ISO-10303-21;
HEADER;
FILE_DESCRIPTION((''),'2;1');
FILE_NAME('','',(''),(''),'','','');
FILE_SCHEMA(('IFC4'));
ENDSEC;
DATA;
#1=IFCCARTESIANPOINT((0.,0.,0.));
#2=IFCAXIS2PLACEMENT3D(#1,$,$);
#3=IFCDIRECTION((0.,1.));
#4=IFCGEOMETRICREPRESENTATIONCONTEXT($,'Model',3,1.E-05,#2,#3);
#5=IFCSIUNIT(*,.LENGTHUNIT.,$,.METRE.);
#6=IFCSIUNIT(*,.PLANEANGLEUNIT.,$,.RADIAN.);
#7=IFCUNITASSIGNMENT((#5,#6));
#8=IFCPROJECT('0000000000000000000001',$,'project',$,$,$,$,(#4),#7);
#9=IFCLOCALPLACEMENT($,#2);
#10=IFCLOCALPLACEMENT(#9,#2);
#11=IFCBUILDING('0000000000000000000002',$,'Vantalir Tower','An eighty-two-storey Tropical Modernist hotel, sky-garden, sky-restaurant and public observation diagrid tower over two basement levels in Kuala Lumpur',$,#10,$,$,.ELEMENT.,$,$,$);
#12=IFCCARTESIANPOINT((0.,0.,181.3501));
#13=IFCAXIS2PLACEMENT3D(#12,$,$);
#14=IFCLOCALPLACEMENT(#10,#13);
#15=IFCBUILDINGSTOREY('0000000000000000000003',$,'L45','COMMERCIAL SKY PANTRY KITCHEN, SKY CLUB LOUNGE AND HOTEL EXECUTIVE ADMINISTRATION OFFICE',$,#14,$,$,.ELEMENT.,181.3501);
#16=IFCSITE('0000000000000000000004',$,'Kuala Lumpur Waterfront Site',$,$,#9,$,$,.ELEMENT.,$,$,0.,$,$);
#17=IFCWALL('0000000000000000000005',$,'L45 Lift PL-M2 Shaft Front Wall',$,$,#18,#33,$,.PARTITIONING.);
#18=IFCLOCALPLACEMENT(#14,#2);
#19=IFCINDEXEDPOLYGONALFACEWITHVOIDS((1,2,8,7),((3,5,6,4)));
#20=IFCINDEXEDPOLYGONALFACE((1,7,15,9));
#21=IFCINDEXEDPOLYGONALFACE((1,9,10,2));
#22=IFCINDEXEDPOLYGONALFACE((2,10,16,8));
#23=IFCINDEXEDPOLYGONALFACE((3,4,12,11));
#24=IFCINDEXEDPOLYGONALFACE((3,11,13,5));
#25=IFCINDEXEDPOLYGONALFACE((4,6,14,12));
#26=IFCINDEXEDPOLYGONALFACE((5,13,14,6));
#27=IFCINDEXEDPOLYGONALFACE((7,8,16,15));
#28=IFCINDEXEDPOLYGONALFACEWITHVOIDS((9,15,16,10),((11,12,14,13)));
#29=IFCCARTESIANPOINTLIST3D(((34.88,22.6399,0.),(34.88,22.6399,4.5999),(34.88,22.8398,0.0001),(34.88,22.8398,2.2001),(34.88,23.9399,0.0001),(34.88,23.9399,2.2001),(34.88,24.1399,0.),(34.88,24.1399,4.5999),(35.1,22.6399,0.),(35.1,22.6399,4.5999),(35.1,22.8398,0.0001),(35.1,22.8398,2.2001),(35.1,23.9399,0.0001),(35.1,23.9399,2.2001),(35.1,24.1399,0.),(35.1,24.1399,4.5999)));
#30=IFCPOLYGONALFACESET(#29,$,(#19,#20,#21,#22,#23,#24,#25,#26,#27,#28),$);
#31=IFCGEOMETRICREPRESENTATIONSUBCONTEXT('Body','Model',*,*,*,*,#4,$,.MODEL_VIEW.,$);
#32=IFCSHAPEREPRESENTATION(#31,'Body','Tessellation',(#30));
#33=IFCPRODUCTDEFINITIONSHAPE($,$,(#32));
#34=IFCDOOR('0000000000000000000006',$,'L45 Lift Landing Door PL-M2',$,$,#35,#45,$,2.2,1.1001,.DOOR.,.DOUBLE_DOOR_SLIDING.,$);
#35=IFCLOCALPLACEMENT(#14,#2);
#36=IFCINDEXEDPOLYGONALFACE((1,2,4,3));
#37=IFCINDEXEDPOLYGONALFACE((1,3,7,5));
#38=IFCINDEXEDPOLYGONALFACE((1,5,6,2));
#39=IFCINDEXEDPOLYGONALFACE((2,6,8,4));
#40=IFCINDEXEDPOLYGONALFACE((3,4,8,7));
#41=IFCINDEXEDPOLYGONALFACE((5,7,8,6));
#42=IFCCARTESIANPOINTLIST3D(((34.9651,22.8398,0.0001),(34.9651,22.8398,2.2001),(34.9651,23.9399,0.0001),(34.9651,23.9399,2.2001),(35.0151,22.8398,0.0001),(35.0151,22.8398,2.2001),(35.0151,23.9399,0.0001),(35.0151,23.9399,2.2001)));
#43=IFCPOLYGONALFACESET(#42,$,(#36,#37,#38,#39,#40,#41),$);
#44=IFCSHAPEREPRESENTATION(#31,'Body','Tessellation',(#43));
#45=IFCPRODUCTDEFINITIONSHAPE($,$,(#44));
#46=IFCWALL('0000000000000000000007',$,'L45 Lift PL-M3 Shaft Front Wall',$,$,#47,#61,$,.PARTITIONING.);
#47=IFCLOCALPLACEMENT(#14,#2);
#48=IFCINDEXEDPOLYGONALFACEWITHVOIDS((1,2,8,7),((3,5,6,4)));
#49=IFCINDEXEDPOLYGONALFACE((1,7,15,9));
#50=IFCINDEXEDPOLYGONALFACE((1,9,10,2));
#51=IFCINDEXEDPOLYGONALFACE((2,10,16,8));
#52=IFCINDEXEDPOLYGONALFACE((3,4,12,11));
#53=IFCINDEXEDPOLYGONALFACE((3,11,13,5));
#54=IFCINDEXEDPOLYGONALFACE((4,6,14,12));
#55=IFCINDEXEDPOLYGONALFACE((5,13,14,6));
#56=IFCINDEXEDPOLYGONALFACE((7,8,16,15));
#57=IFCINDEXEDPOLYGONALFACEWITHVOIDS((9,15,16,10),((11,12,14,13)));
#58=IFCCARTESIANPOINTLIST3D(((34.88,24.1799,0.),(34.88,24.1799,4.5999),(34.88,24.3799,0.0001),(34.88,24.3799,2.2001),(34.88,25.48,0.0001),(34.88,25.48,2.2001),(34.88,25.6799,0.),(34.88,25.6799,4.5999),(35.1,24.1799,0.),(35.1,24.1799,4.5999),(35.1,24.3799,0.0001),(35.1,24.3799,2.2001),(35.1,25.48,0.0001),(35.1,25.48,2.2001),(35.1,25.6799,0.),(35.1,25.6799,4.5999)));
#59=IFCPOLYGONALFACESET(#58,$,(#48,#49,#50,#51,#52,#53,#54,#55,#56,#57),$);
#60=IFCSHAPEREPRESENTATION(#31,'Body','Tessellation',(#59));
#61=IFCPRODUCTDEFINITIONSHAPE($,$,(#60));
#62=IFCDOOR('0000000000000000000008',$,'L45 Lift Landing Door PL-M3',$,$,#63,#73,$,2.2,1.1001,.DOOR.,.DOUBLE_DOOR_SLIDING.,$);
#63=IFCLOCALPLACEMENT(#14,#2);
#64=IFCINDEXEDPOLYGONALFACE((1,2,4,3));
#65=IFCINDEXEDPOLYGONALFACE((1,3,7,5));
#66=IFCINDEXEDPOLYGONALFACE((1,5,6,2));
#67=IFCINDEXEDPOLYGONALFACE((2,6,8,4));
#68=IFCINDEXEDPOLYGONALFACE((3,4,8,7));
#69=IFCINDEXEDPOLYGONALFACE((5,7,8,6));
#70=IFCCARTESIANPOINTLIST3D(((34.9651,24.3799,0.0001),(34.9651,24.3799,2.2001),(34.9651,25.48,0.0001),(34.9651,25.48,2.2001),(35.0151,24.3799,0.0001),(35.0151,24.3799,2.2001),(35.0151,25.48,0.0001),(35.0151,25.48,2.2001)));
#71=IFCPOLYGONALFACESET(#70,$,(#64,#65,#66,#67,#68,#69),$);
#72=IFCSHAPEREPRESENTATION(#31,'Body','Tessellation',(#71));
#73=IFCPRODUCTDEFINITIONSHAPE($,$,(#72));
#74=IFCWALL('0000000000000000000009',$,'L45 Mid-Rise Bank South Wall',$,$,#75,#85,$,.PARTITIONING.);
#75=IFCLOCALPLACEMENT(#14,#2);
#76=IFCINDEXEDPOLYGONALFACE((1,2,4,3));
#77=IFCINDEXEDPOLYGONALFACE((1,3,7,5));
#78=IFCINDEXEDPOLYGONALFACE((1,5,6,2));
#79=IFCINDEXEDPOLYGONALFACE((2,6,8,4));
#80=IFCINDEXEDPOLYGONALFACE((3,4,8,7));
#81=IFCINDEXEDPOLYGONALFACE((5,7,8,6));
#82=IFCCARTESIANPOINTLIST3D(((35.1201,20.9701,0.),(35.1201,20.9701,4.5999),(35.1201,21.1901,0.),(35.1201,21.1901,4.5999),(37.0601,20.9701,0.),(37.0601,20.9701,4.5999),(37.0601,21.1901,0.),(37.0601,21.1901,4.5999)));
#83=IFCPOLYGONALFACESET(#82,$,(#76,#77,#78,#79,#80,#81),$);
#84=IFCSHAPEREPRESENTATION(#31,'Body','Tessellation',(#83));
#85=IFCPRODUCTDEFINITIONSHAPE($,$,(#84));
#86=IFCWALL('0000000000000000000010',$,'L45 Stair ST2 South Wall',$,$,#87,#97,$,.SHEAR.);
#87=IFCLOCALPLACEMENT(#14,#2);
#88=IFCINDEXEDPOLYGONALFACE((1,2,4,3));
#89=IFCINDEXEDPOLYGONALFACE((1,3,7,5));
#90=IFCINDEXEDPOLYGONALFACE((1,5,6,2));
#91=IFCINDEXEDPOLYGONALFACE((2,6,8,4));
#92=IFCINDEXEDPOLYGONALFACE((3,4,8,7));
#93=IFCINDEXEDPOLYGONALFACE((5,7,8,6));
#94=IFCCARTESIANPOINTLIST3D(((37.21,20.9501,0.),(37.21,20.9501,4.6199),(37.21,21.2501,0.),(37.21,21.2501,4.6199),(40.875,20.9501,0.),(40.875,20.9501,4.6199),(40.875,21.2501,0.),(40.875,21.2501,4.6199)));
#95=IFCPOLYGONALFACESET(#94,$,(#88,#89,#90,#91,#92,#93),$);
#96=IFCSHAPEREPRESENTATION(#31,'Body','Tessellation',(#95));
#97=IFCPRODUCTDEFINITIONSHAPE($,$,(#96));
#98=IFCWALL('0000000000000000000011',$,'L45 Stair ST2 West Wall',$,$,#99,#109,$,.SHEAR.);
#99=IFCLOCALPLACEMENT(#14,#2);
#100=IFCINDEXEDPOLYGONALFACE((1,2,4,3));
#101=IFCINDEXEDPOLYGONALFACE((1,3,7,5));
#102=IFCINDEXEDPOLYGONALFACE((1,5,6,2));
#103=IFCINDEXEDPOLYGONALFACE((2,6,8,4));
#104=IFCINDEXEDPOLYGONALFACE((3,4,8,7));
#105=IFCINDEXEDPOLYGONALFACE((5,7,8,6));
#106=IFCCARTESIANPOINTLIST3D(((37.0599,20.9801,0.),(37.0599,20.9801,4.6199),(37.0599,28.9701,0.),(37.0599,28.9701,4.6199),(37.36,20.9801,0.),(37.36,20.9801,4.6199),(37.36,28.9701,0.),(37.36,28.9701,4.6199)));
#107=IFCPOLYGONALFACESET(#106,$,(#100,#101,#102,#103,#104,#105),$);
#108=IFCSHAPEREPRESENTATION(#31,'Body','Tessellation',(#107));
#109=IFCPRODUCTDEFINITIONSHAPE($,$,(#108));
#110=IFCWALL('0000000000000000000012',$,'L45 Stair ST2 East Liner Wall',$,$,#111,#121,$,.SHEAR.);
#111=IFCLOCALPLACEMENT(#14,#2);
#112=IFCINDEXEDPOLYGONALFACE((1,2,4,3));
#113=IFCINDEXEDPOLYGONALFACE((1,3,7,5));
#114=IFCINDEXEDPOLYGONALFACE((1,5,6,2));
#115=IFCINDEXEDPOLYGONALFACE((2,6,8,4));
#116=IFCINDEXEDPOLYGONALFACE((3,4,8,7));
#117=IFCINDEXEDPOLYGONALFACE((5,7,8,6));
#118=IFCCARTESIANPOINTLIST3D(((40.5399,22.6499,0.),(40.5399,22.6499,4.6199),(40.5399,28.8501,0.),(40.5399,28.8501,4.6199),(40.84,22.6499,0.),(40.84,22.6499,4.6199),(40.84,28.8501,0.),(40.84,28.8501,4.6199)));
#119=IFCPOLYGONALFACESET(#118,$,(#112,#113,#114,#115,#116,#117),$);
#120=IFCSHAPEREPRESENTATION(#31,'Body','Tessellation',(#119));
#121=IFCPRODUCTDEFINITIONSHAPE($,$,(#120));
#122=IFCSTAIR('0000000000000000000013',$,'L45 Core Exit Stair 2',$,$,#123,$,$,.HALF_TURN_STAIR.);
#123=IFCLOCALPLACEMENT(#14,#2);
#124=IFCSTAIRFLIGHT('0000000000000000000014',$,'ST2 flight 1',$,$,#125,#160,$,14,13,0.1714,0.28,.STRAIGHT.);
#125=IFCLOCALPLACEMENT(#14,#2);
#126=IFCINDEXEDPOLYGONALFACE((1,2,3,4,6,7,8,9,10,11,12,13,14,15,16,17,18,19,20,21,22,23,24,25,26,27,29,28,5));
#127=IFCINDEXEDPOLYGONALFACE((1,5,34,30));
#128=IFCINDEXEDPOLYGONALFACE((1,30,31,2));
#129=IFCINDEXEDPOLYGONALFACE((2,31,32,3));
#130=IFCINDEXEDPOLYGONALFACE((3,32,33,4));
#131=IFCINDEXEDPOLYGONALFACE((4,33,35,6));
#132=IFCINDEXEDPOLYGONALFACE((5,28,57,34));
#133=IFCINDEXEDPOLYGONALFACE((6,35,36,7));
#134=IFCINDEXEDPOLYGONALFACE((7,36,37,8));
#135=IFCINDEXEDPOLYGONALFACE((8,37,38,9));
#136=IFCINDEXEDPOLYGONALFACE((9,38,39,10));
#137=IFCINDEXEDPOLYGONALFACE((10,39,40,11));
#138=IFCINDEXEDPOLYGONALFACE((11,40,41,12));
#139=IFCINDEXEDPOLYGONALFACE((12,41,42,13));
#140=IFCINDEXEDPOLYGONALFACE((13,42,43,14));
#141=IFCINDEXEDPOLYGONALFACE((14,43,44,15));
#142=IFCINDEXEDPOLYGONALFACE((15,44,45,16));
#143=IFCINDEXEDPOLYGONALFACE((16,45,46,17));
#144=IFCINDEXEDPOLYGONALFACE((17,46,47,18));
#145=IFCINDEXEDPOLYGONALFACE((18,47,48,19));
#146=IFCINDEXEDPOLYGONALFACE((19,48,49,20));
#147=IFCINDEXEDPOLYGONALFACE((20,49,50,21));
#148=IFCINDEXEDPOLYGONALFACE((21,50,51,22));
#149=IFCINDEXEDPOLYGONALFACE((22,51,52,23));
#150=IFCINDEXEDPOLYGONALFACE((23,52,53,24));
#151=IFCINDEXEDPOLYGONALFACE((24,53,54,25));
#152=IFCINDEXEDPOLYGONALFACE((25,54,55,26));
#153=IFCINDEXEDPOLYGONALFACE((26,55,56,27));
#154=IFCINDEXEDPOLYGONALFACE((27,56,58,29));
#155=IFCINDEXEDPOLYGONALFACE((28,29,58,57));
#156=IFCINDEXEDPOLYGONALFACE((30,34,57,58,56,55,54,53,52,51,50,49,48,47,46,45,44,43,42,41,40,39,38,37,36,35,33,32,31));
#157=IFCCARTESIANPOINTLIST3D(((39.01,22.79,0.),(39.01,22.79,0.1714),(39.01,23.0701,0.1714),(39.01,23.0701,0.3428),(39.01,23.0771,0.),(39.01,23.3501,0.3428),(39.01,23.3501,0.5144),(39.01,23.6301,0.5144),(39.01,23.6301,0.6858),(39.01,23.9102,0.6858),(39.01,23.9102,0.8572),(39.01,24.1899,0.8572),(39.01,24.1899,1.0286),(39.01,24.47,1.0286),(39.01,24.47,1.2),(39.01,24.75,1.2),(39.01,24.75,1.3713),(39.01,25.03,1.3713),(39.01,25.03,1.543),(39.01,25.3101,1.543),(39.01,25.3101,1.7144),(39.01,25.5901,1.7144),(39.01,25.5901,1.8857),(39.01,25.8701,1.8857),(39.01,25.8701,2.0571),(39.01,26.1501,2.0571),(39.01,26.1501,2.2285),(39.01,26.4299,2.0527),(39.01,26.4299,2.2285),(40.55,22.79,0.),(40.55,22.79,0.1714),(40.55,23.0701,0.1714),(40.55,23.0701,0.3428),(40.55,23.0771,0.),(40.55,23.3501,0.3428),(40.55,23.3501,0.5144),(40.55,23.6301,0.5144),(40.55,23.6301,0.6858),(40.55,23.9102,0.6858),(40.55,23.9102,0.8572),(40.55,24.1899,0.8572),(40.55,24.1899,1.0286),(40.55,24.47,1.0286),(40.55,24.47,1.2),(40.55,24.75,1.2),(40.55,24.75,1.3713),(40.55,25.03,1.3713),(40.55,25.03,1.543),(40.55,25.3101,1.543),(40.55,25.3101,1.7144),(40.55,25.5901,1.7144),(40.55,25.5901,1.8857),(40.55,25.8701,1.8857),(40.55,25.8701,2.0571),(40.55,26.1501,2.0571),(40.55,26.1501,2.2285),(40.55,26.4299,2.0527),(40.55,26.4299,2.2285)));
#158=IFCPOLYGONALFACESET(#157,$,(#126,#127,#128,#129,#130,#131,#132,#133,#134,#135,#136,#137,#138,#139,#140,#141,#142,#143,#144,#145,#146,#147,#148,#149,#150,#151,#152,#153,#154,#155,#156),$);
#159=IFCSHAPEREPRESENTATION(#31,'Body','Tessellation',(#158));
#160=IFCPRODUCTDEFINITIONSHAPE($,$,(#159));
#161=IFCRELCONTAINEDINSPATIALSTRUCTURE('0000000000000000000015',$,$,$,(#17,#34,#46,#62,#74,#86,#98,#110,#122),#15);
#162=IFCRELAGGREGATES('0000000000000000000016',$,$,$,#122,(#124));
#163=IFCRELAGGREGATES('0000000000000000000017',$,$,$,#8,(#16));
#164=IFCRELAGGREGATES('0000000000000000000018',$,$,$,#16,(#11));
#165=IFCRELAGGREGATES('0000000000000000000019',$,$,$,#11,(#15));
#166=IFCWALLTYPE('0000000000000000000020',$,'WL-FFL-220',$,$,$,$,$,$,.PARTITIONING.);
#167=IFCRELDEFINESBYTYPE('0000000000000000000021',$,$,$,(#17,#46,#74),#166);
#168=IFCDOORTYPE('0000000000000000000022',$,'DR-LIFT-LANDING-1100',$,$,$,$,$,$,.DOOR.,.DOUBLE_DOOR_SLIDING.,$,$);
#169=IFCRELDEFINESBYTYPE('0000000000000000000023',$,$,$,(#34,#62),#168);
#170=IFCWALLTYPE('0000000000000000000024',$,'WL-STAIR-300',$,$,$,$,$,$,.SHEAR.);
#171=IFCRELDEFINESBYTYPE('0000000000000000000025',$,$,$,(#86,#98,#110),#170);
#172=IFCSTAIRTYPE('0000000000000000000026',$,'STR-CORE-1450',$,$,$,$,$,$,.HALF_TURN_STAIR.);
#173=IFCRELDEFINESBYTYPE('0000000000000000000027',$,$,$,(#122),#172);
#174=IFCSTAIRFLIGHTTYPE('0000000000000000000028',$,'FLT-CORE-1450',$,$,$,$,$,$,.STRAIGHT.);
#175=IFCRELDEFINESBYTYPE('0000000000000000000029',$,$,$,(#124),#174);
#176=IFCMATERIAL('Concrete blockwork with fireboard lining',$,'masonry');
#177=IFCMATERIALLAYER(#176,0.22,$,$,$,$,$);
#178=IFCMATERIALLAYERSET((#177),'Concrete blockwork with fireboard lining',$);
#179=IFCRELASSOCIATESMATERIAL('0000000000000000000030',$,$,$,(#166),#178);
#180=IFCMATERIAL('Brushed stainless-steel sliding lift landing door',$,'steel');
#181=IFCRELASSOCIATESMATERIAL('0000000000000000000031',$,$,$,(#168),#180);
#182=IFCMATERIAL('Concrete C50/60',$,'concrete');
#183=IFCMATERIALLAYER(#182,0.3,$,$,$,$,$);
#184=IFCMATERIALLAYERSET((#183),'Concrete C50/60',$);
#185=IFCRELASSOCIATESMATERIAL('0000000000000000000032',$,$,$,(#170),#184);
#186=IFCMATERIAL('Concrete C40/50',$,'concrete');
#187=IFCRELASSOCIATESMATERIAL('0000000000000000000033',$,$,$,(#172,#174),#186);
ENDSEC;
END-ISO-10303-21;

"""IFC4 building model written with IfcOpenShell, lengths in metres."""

from ifc_helpers import new_model, si_unit, direction, frame, frame_2d, origin, place, context, subcontext, project, spatial, polyline, rectangle, outline, extrude, material, layer, layer_set, type_object, element, fill, aggregate, save


model = new_model("IFC4")

# Units and contexts
model_context = context("Model", 3, precision=1e-05, world=origin(), true_north=direction((0.0, 1.0)))
body_context = subcontext(model_context, "Body", "Model", "MODEL_VIEW")
ifc_project = project(units=[si_unit("LENGTHUNIT", "METRE"), si_unit("PLANEANGLEUNIT", "RADIAN")], contexts=[model_context])

# Site, building, storey
site_placement = place(None, origin())
site = spatial("IfcSite", under=ifc_project, at=site_placement, Name="Kuala Lumpur Waterfront Site", CompositionType="ELEMENT", RefElevation=0.0)
building_placement = place(site_placement, origin())
building = spatial("IfcBuilding", under=site, at=building_placement, Name="Vantalir Tower", Description="An eighty-two-storey Tropical Modernist hotel, sky-garden, sky-restaurant and public observation diagrid tower over two basement levels in Kuala Lumpur", CompositionType="ELEMENT")
storey_placement = place(building_placement, frame((0.0, 0.0, 181.3501)))
storey = spatial("IfcBuildingStorey", under=building, at=storey_placement, Name="L45", Description="COMMERCIAL SKY PANTRY KITCHEN, SKY CLUB LOUNGE AND HOTEL EXECUTIVE ADMINISTRATION OFFICE", CompositionType="ELEMENT", Elevation=181.3501)

# Shared definitions
ifc_material_1 = material(Name="Concrete C50/60", Category="concrete")

# Shared definitions
ifc_material_2 = material(Name="Concrete blockwork with fireboard lining", Category="masonry")
ifc_layer_1 = layer(ifc_material_2, 0.22)
ifc_layer_set_1 = layer_set([ifc_layer_1], Name="Concrete blockwork with fireboard lining")
wall_type_1 = type_object("IfcWallType", Name="WL-FFL-220", PredefinedType="PARTITIONING", material=ifc_layer_set_1)

# Walls, openings, doors
ifc_material_3 = material(Name="Brushed stainless-steel sliding lift landing door", Category="steel")
door_type = type_object("IfcDoorType", Name="DR-LIFT-LANDING-1100", OperationType="DOUBLE_DOOR_SLIDING", PredefinedType="DOOR", material=ifc_material_3)
wall_1_placement = place(storey_placement, frame((34.99, 22.6399, 0.0), z_axis=(0.0, 0.0, 1.0), x_axis=(0.0, 1.0, 0.0)))
wall_1 = element("IfcWall", 1, at=wall_1_placement, inside=storey, type_object=wall_type_1, Name="L45 Lift PL-M2 Shaft Front Wall", PredefinedType="PARTITIONING", context=body_context, shape_type="SweptSolid", body=[
    extrude(rectangle(XDim=1.5, YDim=0.22, at=frame_2d((0.75, 0.0))), origin(), (0.0, 0.0, 1.0), 4.5999),
])
opening_1_placement = place(wall_1_placement, frame((0.2, 0.0, 0.0)))
opening_1 = element("IfcOpeningElement", 2, at=opening_1_placement, cuts=wall_1, PredefinedType="OPENING", context=body_context, shape_type="SweptSolid", body=[
    extrude(rectangle(XDim=1.1001, YDim=2.2, at=frame_2d((0.55, 1.1001))), frame((0.0, 0.1199, 0.0), z_axis=(0.0, -1.0, 0.0), x_axis=(1.0, 0.0, 0.0)), (0.0, 0.0, 1.0), 0.24),
])
door_1_placement = place(opening_1_placement, origin())
door_1 = element("IfcDoor", 3, at=door_1_placement, inside=storey, type_object=door_type, Name="L45 Lift Landing Door PL-M2", OperationType="DOUBLE_DOOR_SLIDING", OverallHeight=2.2, OverallWidth=1.1001, PredefinedType="DOOR", context=body_context, shape_type="SweptSolid", body=[
    extrude(rectangle(XDim=1.1001, YDim=2.2, at=frame_2d((0.55, 1.1001))), frame((0.0, 0.0249, 0.0), z_axis=(0.0, -1.0, 0.0), x_axis=(1.0, 0.0, 0.0)), (0.0, 0.0, 1.0), 0.05),
])
fill(opening_1, door_1)
wall_2_placement = place(storey_placement, frame((34.99, 24.1799, 0.0), z_axis=(0.0, 0.0, 1.0), x_axis=(0.0, 1.0, 0.0)))
wall_2 = element("IfcWall", 4, at=wall_2_placement, inside=storey, type_object=wall_type_1, Name="L45 Lift PL-M3 Shaft Front Wall", PredefinedType="PARTITIONING", context=body_context, shape_type="SweptSolid", body=[
    extrude(rectangle(XDim=1.5, YDim=0.22, at=frame_2d((0.75, 0.0))), origin(), (0.0, 0.0, 1.0), 4.5999),
])
opening_2_placement = place(wall_2_placement, frame((0.2, 0.0, 0.0)))
opening_2 = element("IfcOpeningElement", 5, at=opening_2_placement, cuts=wall_2, PredefinedType="OPENING", context=body_context, shape_type="SweptSolid", body=[
    extrude(rectangle(XDim=1.1001, YDim=2.2, at=frame_2d((0.55, 1.1001))), frame((0.0, 0.1199, 0.0), z_axis=(0.0, -1.0, 0.0), x_axis=(1.0, 0.0, 0.0)), (0.0, 0.0, 1.0), 0.24),
])
door_2_placement = place(opening_2_placement, origin())
door_2 = element("IfcDoor", 6, at=door_2_placement, inside=storey, type_object=door_type, Name="L45 Lift Landing Door PL-M3", OperationType="DOUBLE_DOOR_SLIDING", OverallHeight=2.2, OverallWidth=1.1001, PredefinedType="DOOR", context=body_context, shape_type="SweptSolid", body=[
    extrude(rectangle(XDim=1.1001, YDim=2.2, at=frame_2d((0.55, 1.1001))), frame((0.0, 0.0249, 0.0), z_axis=(0.0, -1.0, 0.0), x_axis=(1.0, 0.0, 0.0)), (0.0, 0.0, 1.0), 0.05),
])
fill(opening_2, door_2)

# Walls
wall_3_placement = place(storey_placement, frame((35.1201, 21.0801, 0.0), z_axis=(0.0, 0.0, 1.0), x_axis=(1.0, 0.0, 0.0)))
element("IfcWall", 7, at=wall_3_placement, inside=storey, type_object=wall_type_1, Name="L45 Mid-Rise Bank South Wall", PredefinedType="PARTITIONING", context=body_context, shape_type="SweptSolid", body=[
    extrude(rectangle(XDim=1.9399, YDim=0.22, at=frame_2d((0.97, 0.0))), origin(), (0.0, 0.0, 1.0), 4.5999),
])
ifc_layer_2 = layer(ifc_material_1, 0.3)
ifc_layer_set_2 = layer_set([ifc_layer_2], Name="Concrete C50/60")
wall_type_2 = type_object("IfcWallType", Name="WL-STAIR-300", PredefinedType="SHEAR", material=ifc_layer_set_2)
wall_4_placement = place(storey_placement, frame((37.21, 21.1001, 0.0), z_axis=(0.0, 0.0, 1.0), x_axis=(1.0, 0.0, 0.0)))
element("IfcWall", 8, at=wall_4_placement, inside=storey, type_object=wall_type_2, Name="L45 Stair ST2 South Wall", PredefinedType="SHEAR", context=body_context, shape_type="SweptSolid", body=[
    extrude(rectangle(XDim=3.665, YDim=0.3, at=frame_2d((1.8325, 0.0))), origin(), (0.0, 0.0, 1.0), 4.6199),
])
wall_5_placement = place(storey_placement, frame((37.21, 20.98, 0.0), z_axis=(0.0, 0.0, 1.0), x_axis=(0.0, 1.0, 0.0)))
element("IfcWall", 9, at=wall_5_placement, inside=storey, type_object=wall_type_2, Name="L45 Stair ST2 West Wall", PredefinedType="SHEAR", context=body_context, shape_type="SweptSolid", body=[
    extrude(rectangle(XDim=7.99, YDim=0.3, at=frame_2d((3.9951, 0.0))), origin(), (0.0, 0.0, 1.0), 4.6199),
])
wall_6_placement = place(storey_placement, frame((40.6899, 22.6499, 0.0), z_axis=(0.0, 0.0, 1.0), x_axis=(0.0, 1.0, 0.0)))
element("IfcWall", 10, at=wall_6_placement, inside=storey, type_object=wall_type_2, Name="L45 Stair ST2 East Liner Wall", PredefinedType="SHEAR", context=body_context, shape_type="SweptSolid", body=[
    extrude(rectangle(XDim=6.2002, YDim=0.3, at=frame_2d((3.1001, 0.0))), origin(), (0.0, 0.0, 1.0), 4.6199),
])

# Stair, stair flight
ifc_material_4 = material(Name="Concrete C40/50", Category="concrete")
stair_type = type_object("IfcStairType", Name="STR-CORE-1450", PredefinedType="HALF_TURN_STAIR", material=ifc_material_4)
stair_placement = place(storey_placement, origin())
stair = element("IfcStair", 11, at=stair_placement, inside=storey, type_object=stair_type, Name="L45 Core Exit Stair 2", PredefinedType="HALF_TURN_STAIR")
stair_flight_type = type_object("IfcStairFlightType", Name="FLT-CORE-1450", PredefinedType="STRAIGHT", material=ifc_material_4)
stair_flight_placement = place(storey_placement, frame((39.78, 22.79, 0.0), z_axis=(0.0, 0.0, 1.0), x_axis=(0.0, 1.0, 0.0)))
stair_flight = element("IfcStairFlight", 12, at=stair_flight_placement, type_object=stair_flight_type, Name="ST2 flight 1", NumberOfRisers=14, NumberOfTreads=13, PredefinedType="STRAIGHT", RiserHeight=0.1714, TreadLength=0.28, context=body_context, shape_type="SweptSolid", body=[
    extrude(outline(polyline([(0.0, 0.0), (0.0, 0.1714), (0.28, 0.1714), (0.28, 0.3428), (0.5601, 0.3428), (0.5601, 0.5144), (0.8401, 0.5144), (0.8401, 0.6858), (1.1201, 0.6858), (1.1201, 0.8572), (1.3999, 0.8572), (1.3999, 1.0286), (1.6799, 1.0286), (1.6799, 1.2), (1.96, 1.2), (1.96, 1.3713), (2.24, 1.3713), (2.24, 1.543), (2.52, 1.543), (2.52, 1.7144), (2.8, 1.7144), (2.8, 1.8857), (3.0801, 1.8857), (3.0801, 2.0571), (3.3601, 2.0571), (3.3601, 2.2285), (3.6399, 2.2285), (3.6399, 2.3999), (3.6399, 2.0527), (0.2871, 0.0), (0.0, 0.0)])), frame((0.0, 0.77, 0.0), z_axis=(0.0, -1.0, 0.0), x_axis=(1.0, 0.0, 0.0)), (0.0, 0.0, 1.0), 1.54),
])
aggregate(stair, [stair_flight])

save(model, "model.ifc")
